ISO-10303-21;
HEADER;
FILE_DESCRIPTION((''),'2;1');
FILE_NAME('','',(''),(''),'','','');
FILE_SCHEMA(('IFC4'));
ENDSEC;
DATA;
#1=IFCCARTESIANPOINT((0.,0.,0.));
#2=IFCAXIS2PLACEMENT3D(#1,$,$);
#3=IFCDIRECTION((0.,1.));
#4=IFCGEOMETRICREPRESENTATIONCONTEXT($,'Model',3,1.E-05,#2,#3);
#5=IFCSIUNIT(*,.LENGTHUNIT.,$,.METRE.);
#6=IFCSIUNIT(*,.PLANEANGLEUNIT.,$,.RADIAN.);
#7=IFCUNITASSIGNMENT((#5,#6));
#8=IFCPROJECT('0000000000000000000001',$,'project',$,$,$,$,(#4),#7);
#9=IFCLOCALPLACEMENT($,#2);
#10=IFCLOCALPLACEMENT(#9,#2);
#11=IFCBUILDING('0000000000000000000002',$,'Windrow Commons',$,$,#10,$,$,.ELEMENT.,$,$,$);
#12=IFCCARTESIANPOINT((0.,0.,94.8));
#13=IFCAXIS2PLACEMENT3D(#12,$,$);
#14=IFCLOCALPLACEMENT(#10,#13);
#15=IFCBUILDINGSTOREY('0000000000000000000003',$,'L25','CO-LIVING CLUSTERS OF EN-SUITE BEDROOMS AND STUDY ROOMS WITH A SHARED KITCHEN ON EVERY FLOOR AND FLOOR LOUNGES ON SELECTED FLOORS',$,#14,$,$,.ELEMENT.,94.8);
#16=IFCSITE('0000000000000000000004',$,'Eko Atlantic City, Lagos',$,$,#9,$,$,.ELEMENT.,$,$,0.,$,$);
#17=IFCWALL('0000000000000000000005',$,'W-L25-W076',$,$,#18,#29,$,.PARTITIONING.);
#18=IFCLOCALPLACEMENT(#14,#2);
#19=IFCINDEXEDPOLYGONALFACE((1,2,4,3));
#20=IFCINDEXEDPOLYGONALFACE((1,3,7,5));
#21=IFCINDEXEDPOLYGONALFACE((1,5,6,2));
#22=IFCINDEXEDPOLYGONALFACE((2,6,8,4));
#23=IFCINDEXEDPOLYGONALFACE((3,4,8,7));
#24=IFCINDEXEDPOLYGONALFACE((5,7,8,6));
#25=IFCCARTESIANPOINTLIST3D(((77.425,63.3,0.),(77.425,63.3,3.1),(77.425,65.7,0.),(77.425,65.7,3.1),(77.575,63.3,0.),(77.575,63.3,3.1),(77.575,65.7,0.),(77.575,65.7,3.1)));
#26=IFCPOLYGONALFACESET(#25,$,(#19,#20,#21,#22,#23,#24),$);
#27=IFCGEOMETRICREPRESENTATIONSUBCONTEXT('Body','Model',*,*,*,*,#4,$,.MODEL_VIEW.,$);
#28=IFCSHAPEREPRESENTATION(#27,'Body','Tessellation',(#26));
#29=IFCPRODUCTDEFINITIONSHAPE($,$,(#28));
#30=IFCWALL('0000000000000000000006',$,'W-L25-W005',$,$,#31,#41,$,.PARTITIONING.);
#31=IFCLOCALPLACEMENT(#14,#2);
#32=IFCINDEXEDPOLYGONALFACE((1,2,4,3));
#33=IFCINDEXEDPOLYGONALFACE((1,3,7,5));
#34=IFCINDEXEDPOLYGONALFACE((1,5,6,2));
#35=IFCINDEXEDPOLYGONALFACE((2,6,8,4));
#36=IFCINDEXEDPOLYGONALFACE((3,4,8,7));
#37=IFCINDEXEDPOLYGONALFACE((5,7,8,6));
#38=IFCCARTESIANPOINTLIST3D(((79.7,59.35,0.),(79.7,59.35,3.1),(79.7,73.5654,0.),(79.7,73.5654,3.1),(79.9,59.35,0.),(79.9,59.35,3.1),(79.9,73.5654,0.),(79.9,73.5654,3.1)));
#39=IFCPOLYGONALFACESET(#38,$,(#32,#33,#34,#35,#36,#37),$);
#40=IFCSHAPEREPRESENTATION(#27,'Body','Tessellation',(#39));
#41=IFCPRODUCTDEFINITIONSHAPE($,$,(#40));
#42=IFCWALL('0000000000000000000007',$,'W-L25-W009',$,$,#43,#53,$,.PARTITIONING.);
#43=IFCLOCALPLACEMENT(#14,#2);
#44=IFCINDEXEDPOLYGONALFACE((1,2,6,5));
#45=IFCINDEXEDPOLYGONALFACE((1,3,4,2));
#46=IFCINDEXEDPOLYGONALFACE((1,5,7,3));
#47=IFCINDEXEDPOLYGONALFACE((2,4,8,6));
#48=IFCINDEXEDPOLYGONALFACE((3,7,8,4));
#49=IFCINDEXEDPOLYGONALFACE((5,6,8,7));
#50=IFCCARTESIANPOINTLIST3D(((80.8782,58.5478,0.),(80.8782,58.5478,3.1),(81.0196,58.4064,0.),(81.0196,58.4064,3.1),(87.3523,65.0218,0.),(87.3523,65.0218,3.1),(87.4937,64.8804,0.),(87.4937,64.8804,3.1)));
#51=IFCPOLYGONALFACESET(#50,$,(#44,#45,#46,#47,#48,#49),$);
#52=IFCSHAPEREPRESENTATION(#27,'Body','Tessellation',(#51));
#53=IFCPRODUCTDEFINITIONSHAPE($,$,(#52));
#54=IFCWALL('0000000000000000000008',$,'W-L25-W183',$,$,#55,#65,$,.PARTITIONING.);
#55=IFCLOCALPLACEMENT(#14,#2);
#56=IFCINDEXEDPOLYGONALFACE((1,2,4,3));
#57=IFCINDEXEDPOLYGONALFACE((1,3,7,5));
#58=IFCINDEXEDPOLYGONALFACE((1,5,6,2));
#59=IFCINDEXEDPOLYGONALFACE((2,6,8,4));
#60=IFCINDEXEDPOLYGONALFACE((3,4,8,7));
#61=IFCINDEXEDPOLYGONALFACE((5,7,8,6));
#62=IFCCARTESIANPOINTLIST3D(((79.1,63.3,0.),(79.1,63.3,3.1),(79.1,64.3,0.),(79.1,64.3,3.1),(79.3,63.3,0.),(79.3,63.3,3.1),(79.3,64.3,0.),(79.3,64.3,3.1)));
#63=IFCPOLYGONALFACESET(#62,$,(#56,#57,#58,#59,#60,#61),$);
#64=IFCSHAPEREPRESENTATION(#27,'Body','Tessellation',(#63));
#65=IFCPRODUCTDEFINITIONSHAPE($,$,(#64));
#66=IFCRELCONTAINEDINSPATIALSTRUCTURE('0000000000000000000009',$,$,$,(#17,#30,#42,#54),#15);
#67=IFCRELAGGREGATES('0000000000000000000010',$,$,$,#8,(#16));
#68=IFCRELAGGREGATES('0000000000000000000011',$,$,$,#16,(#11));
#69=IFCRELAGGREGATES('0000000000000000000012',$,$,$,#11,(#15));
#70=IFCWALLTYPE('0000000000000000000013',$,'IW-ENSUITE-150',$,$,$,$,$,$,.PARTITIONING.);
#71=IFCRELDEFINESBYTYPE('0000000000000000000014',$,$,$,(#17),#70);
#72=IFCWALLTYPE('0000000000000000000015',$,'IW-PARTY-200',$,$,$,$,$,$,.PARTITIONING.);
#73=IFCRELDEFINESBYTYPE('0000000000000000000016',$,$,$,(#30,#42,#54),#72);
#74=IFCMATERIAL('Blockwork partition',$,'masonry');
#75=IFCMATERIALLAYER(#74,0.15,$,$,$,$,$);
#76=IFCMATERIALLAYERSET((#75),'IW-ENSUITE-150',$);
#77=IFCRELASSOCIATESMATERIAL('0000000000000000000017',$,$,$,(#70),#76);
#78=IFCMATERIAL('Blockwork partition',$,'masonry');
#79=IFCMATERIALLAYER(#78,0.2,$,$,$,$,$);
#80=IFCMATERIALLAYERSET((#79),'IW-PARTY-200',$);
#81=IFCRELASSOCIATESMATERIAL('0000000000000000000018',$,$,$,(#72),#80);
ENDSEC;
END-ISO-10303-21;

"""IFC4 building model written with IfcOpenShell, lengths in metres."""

from ifc_helpers import new_model, si_unit, direction, frame, frame_2d, origin, place, context, subcontext, project, spatial, rectangle, extrude, material, layer, layer_set, type_object, element, save


model = new_model("IFC4")

# Units and contexts
model_context = context("Model", 3, precision=1e-05, world=origin(), true_north=direction((0.0, 1.0)))
body_context = subcontext(model_context, "Body", "Model", "MODEL_VIEW")
ifc_project = project(units=[si_unit("LENGTHUNIT", "METRE"), si_unit("PLANEANGLEUNIT", "RADIAN")], contexts=[model_context])

# Site, building, storey
site_placement = place(None, origin())
site = spatial("IfcSite", under=ifc_project, at=site_placement, Name="Eko Atlantic City, Lagos", CompositionType="ELEMENT", RefElevation=0.0)
building_placement = place(site_placement, origin())
building = spatial("IfcBuilding", under=site, at=building_placement, Name="Windrow Commons", CompositionType="ELEMENT")
storey_placement = place(building_placement, frame((0.0, 0.0, 94.8)))
storey = spatial("IfcBuildingStorey", under=building, at=storey_placement, Name="L25", Description="CO-LIVING CLUSTERS OF EN-SUITE BEDROOMS AND STUDY ROOMS WITH A SHARED KITCHEN ON EVERY FLOOR AND FLOOR LOUNGES ON SELECTED FLOORS", CompositionType="ELEMENT", Elevation=94.8)

# Walls
ifc_material_1 = material(Name="Blockwork partition", Category="masonry")
ifc_layer_1 = layer(ifc_material_1, 0.15)
ifc_layer_set_1 = layer_set([ifc_layer_1], Name="IW-ENSUITE-150")
wall_type_1 = type_object("IfcWallType", Name="IW-ENSUITE-150", PredefinedType="PARTITIONING", material=ifc_layer_set_1)
for number, where, z_axis, x_axis, name in (
    (1, (77.5, 63.3, 0.0), (0.0, 0.0, 1.0), (0.0, 1.0, 0.0), "W-L25-W076"),
):
    element("IfcWall", number, at=place(storey_placement, frame(where, z_axis=z_axis, x_axis=x_axis)), inside=storey, type_object=wall_type_1, Name=name, PredefinedType="PARTITIONING", context=body_context, shape_type="SweptSolid", body=[
        extrude(rectangle(XDim=2.4, YDim=0.15, at=frame_2d((1.2, 0.0))), origin(), (0.0, 0.0, 1.0), 3.1),
    ])
ifc_material_2 = material(Name="Blockwork partition", Category="masonry")
ifc_layer_2 = layer(ifc_material_2, 0.2)
ifc_layer_set_2 = layer_set([ifc_layer_2], Name="IW-PARTY-200")
wall_type_2 = type_object("IfcWallType", Name="IW-PARTY-200", PredefinedType="PARTITIONING", material=ifc_layer_set_2)
wall_1_placement = place(storey_placement, frame((79.8, 59.35, 0.0), z_axis=(0.0, 0.0, 1.0), x_axis=(0.0, 1.0, 0.0)))
element("IfcWall", 2, at=wall_1_placement, inside=storey, type_object=wall_type_2, Name="W-L25-W005", PredefinedType="PARTITIONING", context=body_context, shape_type="SweptSolid", body=[
    extrude(rectangle(XDim=14.2154, YDim=0.2, at=frame_2d((7.1077, 0.0))), origin(), (0.0, 0.0, 1.0), 3.1),
])
wall_2_placement = place(storey_placement, frame((80.9489, 58.4771, 0.0), z_axis=(0.0, 0.0, 1.0), x_axis=(0.707112, 0.707101, 0.0)))
element("IfcWall", 3, at=wall_2_placement, inside=storey, type_object=wall_type_2, Name="W-L25-W009", PredefinedType="PARTITIONING", context=body_context, shape_type="SweptSolid", body=[
    extrude(rectangle(XDim=9.1557, YDim=0.2, at=frame_2d((4.5778, 0.0))), origin(), (0.0, 0.0, 1.0), 3.1),
])
wall_3_placement = place(storey_placement, frame((79.2, 63.3, 0.0), z_axis=(0.0, 0.0, 1.0), x_axis=(0.0, 1.0, 0.0)))
element("IfcWall", 4, at=wall_3_placement, inside=storey, type_object=wall_type_2, Name="W-L25-W183", PredefinedType="PARTITIONING", context=body_context, shape_type="SweptSolid", body=[
    extrude(rectangle(XDim=1.0, YDim=0.2, at=frame_2d((0.5, 0.0))), origin(), (0.0, 0.0, 1.0), 3.1),
])

save(model, "model.ifc")
